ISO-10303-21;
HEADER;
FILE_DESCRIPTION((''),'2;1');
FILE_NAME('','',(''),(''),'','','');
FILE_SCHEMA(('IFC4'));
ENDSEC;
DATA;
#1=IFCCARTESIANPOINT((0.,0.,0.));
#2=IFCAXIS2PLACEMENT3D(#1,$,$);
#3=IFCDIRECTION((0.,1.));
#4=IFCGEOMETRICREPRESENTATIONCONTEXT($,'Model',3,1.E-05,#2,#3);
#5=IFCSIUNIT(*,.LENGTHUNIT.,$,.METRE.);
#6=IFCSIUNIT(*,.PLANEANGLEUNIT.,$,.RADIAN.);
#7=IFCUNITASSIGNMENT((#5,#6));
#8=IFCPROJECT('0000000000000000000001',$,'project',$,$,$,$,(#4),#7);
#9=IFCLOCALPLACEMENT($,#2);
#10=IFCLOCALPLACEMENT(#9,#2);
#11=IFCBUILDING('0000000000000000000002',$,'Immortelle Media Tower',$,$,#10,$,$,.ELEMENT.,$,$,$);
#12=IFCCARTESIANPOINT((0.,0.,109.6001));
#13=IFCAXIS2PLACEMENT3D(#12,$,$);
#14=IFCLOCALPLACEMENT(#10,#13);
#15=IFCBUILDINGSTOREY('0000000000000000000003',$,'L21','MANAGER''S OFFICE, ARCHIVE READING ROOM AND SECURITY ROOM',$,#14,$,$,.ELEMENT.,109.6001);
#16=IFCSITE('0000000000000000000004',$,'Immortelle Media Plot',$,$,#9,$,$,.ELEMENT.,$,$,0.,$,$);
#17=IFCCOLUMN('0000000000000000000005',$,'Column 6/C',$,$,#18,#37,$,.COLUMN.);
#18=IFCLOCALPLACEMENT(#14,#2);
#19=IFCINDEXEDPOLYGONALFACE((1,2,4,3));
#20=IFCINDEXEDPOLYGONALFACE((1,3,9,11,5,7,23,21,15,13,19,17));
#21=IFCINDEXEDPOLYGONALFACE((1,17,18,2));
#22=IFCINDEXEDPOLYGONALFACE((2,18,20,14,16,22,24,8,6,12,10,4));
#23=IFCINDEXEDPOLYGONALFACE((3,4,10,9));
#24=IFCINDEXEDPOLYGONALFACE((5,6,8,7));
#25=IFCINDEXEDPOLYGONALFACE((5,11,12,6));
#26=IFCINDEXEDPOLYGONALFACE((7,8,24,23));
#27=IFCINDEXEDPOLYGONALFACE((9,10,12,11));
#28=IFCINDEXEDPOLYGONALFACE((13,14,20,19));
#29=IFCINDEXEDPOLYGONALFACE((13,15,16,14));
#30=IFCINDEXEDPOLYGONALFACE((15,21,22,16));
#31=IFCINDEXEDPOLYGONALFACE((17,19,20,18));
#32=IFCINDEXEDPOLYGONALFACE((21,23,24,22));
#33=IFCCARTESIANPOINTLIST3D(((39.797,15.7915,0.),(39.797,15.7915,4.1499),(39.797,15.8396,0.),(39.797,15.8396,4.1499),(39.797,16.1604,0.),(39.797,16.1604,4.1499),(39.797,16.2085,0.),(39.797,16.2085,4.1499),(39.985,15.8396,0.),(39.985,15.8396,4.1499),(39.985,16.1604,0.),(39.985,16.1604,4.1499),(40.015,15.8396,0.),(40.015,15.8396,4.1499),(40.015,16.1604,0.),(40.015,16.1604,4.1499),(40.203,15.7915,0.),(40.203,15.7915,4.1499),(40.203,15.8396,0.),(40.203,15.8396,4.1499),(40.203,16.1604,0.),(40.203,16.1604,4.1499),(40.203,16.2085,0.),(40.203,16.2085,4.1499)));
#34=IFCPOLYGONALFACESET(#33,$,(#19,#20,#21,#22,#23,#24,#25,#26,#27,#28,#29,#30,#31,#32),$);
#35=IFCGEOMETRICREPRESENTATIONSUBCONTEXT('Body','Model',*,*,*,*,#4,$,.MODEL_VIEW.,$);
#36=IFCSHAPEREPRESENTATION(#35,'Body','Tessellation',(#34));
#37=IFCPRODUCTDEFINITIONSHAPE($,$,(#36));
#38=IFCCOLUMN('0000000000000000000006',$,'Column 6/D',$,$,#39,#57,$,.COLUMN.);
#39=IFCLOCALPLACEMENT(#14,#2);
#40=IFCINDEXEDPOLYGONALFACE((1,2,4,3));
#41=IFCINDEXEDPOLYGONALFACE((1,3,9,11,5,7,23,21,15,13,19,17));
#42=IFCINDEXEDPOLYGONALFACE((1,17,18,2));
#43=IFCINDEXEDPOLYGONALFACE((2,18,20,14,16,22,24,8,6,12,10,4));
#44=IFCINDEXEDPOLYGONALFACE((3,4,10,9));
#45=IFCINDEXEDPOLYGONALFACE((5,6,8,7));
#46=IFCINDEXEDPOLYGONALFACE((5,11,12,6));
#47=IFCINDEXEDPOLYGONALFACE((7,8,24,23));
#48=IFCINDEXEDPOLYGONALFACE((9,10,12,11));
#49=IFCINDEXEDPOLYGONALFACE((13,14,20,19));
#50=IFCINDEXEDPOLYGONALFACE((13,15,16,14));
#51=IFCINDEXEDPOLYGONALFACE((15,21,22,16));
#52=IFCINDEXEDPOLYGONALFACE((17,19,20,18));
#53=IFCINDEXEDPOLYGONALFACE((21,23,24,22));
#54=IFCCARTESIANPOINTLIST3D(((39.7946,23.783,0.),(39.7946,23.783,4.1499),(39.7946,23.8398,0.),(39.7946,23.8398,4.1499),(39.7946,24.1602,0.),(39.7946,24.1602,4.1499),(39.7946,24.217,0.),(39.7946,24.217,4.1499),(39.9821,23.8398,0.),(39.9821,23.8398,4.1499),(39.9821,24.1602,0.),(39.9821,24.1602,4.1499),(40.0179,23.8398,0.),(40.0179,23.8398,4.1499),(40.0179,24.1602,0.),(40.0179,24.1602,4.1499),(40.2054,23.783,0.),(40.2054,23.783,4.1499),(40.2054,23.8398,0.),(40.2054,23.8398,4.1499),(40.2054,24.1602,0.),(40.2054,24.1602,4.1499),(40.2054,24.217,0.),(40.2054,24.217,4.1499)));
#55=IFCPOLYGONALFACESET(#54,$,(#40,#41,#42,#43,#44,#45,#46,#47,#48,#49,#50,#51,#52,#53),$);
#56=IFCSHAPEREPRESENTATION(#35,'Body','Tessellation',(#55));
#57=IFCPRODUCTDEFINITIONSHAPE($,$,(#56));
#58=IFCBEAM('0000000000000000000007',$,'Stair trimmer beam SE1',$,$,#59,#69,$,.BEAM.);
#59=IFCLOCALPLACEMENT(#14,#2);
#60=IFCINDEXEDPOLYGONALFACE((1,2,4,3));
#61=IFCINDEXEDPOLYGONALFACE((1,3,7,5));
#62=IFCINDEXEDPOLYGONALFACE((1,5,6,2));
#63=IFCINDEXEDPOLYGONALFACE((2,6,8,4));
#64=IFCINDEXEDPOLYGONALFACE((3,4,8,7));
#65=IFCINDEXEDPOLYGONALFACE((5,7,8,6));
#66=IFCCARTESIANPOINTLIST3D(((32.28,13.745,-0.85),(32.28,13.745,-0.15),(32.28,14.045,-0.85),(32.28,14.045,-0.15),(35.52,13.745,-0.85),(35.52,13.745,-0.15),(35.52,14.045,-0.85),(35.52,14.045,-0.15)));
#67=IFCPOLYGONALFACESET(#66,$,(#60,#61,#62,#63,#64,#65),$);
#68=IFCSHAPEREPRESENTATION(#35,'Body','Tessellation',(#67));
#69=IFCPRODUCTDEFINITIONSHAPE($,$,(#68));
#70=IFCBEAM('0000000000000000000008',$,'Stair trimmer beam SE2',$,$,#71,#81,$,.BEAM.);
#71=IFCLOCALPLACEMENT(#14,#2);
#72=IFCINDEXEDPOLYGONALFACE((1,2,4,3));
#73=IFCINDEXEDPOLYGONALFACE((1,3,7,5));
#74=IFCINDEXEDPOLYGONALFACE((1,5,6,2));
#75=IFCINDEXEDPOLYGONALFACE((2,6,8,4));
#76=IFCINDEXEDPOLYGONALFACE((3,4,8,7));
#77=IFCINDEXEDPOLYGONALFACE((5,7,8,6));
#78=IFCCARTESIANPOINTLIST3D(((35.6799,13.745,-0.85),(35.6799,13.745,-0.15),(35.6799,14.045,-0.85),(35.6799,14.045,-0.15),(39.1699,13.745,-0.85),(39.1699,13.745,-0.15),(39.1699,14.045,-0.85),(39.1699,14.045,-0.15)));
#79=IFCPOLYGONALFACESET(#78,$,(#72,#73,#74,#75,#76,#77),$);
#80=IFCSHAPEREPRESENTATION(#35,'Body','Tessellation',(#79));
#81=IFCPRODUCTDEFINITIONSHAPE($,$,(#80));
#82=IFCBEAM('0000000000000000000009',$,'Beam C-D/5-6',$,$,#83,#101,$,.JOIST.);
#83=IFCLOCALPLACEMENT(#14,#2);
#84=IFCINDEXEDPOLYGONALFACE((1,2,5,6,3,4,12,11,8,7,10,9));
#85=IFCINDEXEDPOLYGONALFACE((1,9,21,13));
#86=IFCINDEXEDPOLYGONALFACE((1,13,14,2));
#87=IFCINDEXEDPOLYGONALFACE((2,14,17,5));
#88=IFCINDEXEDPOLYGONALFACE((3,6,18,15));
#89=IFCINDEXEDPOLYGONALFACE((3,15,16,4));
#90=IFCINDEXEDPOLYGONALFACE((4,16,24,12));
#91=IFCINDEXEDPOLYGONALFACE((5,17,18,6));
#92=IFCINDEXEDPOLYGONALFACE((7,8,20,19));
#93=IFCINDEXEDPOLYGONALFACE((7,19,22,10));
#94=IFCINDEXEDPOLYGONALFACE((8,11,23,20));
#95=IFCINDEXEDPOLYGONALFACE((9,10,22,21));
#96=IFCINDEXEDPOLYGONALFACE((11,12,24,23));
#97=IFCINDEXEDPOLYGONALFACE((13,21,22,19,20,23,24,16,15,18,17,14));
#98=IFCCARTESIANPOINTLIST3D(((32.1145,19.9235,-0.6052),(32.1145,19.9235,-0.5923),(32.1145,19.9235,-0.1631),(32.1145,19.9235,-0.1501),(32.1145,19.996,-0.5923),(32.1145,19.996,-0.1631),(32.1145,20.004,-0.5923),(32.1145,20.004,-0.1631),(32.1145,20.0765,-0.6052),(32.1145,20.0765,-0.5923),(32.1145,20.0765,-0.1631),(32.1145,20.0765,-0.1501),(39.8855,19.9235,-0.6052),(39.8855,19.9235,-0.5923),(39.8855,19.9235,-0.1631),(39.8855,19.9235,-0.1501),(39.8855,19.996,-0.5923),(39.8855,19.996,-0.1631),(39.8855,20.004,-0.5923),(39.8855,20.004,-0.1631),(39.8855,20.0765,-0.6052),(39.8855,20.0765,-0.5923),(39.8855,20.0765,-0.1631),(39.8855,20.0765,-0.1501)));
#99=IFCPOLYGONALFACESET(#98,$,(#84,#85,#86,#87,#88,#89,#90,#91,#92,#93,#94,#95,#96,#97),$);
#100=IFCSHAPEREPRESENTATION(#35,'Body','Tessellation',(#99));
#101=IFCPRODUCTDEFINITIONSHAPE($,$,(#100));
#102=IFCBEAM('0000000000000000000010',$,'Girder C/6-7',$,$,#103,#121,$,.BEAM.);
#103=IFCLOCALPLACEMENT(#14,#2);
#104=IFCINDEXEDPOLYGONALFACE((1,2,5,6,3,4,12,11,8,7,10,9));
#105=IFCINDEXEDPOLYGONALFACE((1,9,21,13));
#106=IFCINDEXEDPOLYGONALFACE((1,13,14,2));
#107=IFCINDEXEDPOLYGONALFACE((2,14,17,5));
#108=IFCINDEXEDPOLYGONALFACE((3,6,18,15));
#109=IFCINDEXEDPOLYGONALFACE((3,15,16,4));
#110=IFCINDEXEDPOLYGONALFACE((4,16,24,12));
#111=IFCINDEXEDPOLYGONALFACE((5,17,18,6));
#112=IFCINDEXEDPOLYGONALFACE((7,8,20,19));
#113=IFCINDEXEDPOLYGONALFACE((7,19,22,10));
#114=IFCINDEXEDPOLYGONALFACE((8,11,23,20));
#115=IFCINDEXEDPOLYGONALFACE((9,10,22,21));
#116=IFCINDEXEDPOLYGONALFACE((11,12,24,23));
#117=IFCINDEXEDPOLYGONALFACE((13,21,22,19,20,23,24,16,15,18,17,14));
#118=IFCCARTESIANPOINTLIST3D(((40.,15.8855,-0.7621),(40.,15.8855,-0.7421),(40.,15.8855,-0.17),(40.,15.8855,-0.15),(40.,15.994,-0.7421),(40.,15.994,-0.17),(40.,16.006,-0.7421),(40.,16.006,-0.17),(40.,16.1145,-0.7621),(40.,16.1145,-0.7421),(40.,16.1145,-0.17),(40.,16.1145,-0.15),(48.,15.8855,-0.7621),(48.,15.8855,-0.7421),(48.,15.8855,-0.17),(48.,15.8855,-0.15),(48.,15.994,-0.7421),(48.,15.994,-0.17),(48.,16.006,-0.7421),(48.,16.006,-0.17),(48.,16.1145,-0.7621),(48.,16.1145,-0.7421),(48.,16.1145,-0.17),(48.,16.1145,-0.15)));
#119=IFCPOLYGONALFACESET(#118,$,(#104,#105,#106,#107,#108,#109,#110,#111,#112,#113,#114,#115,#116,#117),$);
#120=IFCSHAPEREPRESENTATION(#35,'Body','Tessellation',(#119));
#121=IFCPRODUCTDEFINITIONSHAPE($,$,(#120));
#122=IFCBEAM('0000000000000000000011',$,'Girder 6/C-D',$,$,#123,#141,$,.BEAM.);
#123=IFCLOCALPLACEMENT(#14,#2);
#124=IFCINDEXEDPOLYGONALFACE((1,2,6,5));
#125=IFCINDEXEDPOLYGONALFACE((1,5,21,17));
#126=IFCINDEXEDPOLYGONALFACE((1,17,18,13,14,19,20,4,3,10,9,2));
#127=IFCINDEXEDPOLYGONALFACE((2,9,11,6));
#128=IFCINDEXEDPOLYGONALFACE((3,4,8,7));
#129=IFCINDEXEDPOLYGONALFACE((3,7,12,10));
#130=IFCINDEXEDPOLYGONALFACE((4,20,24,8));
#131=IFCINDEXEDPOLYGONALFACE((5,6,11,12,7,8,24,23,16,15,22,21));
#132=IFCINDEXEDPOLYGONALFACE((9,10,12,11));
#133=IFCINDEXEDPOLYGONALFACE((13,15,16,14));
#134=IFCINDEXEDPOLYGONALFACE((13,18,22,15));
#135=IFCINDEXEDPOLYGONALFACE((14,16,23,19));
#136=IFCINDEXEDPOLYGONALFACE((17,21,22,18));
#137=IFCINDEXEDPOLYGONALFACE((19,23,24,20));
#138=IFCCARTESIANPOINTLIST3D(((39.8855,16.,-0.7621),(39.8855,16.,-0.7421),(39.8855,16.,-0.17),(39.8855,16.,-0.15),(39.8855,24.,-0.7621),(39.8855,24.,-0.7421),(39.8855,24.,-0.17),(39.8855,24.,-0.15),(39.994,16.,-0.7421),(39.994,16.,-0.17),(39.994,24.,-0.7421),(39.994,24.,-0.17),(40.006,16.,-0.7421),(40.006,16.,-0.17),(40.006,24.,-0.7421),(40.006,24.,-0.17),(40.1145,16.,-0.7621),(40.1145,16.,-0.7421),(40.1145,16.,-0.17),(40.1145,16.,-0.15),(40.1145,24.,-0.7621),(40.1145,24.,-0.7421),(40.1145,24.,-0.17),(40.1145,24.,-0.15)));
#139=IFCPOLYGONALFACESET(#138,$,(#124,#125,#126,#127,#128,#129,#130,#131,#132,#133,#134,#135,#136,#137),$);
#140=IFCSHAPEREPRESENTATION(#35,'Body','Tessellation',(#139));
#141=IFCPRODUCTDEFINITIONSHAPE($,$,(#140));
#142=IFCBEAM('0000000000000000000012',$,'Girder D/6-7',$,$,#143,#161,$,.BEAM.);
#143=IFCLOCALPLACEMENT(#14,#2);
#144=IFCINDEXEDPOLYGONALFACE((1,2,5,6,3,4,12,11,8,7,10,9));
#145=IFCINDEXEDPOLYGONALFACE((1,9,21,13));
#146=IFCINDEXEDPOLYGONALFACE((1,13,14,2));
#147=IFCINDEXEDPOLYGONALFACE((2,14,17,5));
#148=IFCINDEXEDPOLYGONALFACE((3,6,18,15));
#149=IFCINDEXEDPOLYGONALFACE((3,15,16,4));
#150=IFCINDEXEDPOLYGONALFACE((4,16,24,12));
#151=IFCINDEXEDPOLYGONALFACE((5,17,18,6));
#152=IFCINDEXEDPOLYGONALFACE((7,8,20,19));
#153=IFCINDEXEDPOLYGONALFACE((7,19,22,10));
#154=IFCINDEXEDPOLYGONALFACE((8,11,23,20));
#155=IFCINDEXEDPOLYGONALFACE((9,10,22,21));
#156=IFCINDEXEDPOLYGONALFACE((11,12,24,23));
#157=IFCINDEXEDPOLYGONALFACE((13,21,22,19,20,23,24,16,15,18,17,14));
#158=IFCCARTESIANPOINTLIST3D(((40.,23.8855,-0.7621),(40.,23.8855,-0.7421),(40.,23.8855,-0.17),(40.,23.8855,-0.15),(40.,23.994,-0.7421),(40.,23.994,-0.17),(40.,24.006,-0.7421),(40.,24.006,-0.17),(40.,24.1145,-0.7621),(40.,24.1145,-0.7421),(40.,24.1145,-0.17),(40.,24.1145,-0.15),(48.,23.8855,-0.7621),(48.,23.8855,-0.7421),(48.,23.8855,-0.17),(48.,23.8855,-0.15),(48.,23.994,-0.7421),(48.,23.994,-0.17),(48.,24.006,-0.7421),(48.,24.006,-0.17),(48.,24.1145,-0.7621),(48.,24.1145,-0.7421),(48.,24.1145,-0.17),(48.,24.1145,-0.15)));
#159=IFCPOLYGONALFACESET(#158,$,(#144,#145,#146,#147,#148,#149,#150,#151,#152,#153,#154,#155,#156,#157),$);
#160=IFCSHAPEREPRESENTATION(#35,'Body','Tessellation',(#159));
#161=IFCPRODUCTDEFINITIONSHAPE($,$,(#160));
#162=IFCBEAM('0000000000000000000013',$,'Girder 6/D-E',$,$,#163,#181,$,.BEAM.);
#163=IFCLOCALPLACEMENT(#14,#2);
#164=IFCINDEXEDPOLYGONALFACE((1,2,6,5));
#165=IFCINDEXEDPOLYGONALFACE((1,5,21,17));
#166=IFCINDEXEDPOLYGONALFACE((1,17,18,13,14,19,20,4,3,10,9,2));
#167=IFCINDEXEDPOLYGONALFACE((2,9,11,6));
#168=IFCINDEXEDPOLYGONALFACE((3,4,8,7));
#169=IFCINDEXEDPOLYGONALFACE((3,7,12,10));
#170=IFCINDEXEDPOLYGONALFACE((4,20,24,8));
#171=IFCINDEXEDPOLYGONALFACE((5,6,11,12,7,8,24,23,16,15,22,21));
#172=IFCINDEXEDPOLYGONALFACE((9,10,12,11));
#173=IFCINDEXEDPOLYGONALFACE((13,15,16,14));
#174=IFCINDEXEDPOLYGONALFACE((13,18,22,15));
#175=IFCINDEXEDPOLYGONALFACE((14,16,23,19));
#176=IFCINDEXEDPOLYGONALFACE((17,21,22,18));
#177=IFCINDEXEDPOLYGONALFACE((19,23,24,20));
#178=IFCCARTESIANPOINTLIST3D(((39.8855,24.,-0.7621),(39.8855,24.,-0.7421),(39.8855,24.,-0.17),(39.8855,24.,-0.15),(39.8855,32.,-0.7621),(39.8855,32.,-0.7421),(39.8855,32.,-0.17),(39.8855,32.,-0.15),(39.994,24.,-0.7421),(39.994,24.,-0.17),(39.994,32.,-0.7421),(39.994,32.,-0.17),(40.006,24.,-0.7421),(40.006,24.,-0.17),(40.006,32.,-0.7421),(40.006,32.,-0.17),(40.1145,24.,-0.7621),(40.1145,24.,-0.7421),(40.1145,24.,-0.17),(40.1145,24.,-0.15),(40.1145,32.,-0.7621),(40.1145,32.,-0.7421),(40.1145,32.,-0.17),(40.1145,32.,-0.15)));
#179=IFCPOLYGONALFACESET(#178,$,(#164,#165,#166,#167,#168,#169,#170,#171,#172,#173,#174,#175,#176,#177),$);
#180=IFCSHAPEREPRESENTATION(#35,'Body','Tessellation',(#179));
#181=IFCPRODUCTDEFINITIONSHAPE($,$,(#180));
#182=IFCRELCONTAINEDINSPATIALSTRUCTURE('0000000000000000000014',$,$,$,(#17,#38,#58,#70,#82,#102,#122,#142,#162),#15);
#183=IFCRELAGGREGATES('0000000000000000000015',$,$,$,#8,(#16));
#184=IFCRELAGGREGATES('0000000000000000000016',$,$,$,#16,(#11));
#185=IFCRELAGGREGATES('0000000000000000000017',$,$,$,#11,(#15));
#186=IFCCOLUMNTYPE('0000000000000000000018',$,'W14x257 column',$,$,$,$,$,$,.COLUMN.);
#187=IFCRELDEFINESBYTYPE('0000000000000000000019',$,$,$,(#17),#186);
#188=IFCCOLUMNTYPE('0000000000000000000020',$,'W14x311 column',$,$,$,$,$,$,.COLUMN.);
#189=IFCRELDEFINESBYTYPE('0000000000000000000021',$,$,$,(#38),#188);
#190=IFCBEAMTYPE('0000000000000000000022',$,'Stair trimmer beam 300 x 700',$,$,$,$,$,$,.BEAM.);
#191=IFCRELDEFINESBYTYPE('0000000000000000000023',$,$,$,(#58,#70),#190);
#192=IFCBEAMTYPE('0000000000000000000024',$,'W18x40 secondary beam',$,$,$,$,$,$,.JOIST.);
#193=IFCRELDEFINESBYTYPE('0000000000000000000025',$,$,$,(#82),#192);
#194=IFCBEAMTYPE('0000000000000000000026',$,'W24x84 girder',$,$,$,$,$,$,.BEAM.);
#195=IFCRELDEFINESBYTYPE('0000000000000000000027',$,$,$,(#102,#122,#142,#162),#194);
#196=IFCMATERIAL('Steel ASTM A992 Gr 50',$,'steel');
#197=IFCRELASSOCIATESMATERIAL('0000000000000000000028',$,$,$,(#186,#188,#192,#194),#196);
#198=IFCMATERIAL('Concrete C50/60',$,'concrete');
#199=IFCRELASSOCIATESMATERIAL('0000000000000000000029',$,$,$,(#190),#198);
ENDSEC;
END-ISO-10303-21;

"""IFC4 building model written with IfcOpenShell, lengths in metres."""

from ifc_helpers import new_model, si_unit, direction, frame, origin, origin_2d, place, context, subcontext, project, spatial, rectangle, i_section, extrude, material, material_profile, profile_set, type_object, element, save


model = new_model("IFC4")

# Units and contexts
model_context = context("Model", 3, precision=1e-05, world=origin(), true_north=direction((0.0, 1.0)))
body_context = subcontext(model_context, "Body", "Model", "MODEL_VIEW")
ifc_project = project(units=[si_unit("LENGTHUNIT", "METRE"), si_unit("PLANEANGLEUNIT", "RADIAN")], contexts=[model_context])

# Site, building, storey
site_placement = place(None, origin())
site = spatial("IfcSite", under=ifc_project, at=site_placement, Name="Immortelle Media Plot", CompositionType="ELEMENT", RefElevation=0.0)
building_placement = place(site_placement, origin())
building = spatial("IfcBuilding", under=site, at=building_placement, Name="Immortelle Media Tower", CompositionType="ELEMENT")
storey_placement = place(building_placement, frame((0.0, 0.0, 109.6001)))
storey = spatial("IfcBuildingStorey", under=building, at=storey_placement, Name="L21", Description="MANAGER'S OFFICE, ARCHIVE READING ROOM AND SECURITY ROOM", CompositionType="ELEMENT", Elevation=109.6001)

# Columns
ifc_material_1 = material(Name="Steel ASTM A992 Gr 50", Category="steel")
ifc_material_profile_1 = material_profile(ifc_material_1, i_section(OverallWidth=0.406, OverallDepth=0.417, WebThickness=0.03, FlangeThickness=0.0481, at=origin_2d()), Name="W14x257")
ifc_profile_set_1 = profile_set([ifc_material_profile_1], Name="Steel ASTM A992 Gr 50")
column_type_1 = type_object("IfcColumnType", Name="W14x257 column", PredefinedType="COLUMN", material=ifc_profile_set_1)
column_1_placement = place(storey_placement, frame((40.0, 16.0, 0.0), z_axis=(0.0, 0.0, 1.0), x_axis=(1.0, 0.0, 0.0)))
element("IfcColumn", 1, at=column_1_placement, inside=storey, type_object=column_type_1, Name="Column 6/C", PredefinedType="COLUMN", context=body_context, shape_type="SweptSolid", body=[
    extrude(i_section(OverallWidth=0.406, OverallDepth=0.417, WebThickness=0.03, FlangeThickness=0.0481, at=origin_2d()), origin(), (0.0, 0.0, 1.0), 4.1499),
])
ifc_material_profile_2 = material_profile(ifc_material_1, i_section(OverallWidth=0.4109, OverallDepth=0.4341, WebThickness=0.0359, FlangeThickness=0.0569, at=origin_2d()), Name="W14x311")
ifc_profile_set_2 = profile_set([ifc_material_profile_2], Name="Steel ASTM A992 Gr 50")
column_type_2 = type_object("IfcColumnType", Name="W14x311 column", PredefinedType="COLUMN", material=ifc_profile_set_2)
column_2_placement = place(storey_placement, frame((40.0, 24.0, 0.0), z_axis=(0.0, 0.0, 1.0), x_axis=(1.0, 0.0, 0.0)))
element("IfcColumn", 2, at=column_2_placement, inside=storey, type_object=column_type_2, Name="Column 6/D", PredefinedType="COLUMN", context=body_context, shape_type="SweptSolid", body=[
    extrude(i_section(OverallWidth=0.4109, OverallDepth=0.4341, WebThickness=0.0359, FlangeThickness=0.0569, at=origin_2d()), origin(), (0.0, 0.0, 1.0), 4.1499),
])

# Beams
ifc_material_2 = material(Name="Concrete C50/60", Category="concrete")
ifc_material_profile_3 = material_profile(ifc_material_2, rectangle(XDim=0.3, YDim=0.7, at=origin_2d()), Name="RC 300x700")
ifc_profile_set_3 = profile_set([ifc_material_profile_3], Name="Concrete C50/60")
beam_type_1 = type_object("IfcBeamType", Name="Stair trimmer beam 300 x 700", PredefinedType="BEAM", material=ifc_profile_set_3)
beam_1_placement = place(storey_placement, frame((32.28, 13.895, -0.5), z_axis=(1.0, 0.0, 0.0), x_axis=(0.0, 1.0, 0.0)))
element("IfcBeam", 3, at=beam_1_placement, inside=storey, type_object=beam_type_1, Name="Stair trimmer beam SE1", PredefinedType="BEAM", context=body_context, shape_type="SweptSolid", body=[
    extrude(rectangle(XDim=0.3, YDim=0.7, at=origin_2d()), origin(), (0.0, 0.0, 1.0), 3.24),
])
beam_2_placement = place(storey_placement, frame((35.6799, 13.895, -0.5), z_axis=(1.0, 0.0, 0.0), x_axis=(0.0, 1.0, 0.0)))
element("IfcBeam", 4, at=beam_2_placement, inside=storey, type_object=beam_type_1, Name="Stair trimmer beam SE2", PredefinedType="BEAM", context=body_context, shape_type="SweptSolid", body=[
    extrude(rectangle(XDim=0.3, YDim=0.7, at=origin_2d()), origin(), (0.0, 0.0, 1.0), 3.49),
])
ifc_material_profile_4 = material_profile(ifc_material_1, i_section(OverallWidth=0.1531, OverallDepth=0.4551, WebThickness=0.0081, FlangeThickness=0.0129, at=origin_2d()), Name="W18x40")
ifc_profile_set_4 = profile_set([ifc_material_profile_4], Name="Steel ASTM A992 Gr 50")
beam_type_2 = type_object("IfcBeamType", Name="W18x40 secondary beam", PredefinedType="JOIST", material=ifc_profile_set_4)
beam_3_placement = place(storey_placement, frame((32.1145, 20.0, -0.3777), z_axis=(1.0, 0.0, 0.0), x_axis=(0.0, 1.0, 0.0)))
element("IfcBeam", 5, at=beam_3_placement, inside=storey, type_object=beam_type_2, Name="Beam C-D/5-6", PredefinedType="JOIST", context=body_context, shape_type="SweptSolid", body=[
    extrude(i_section(OverallWidth=0.1531, OverallDepth=0.4551, WebThickness=0.0081, FlangeThickness=0.0129, at=origin_2d()), origin(), (0.0, 0.0, 1.0), 7.771),
])
ifc_material_profile_5 = material_profile(ifc_material_1, i_section(OverallWidth=0.229, OverallDepth=0.6121, WebThickness=0.012, FlangeThickness=0.02, at=origin_2d()), Name="W24x84")
ifc_profile_set_5 = profile_set([ifc_material_profile_5], Name="Steel ASTM A992 Gr 50")
beam_type_3 = type_object("IfcBeamType", Name="W24x84 girder", PredefinedType="BEAM", material=ifc_profile_set_5)
for number, where, z_axis, x_axis, name in (
    (6, (40.0, 16.0, -0.4561), (1.0, 0.0, 0.0), (0.0, 1.0, 0.0), "Girder C/6-7"),
    (7, (40.0, 16.0, -0.4561), (0.0, 1.0, 0.0), (-1.0, 0.0, 0.0), "Girder 6/C-D"),
    (8, (40.0, 24.0, -0.4561), (1.0, 0.0, 0.0), (0.0, 1.0, 0.0), "Girder D/6-7"),
    (9, (40.0, 24.0, -0.4561), (0.0, 1.0, 0.0), (-1.0, 0.0, 0.0), "Girder 6/D-E"),
):
    element("IfcBeam", number, at=place(storey_placement, frame(where, z_axis=z_axis, x_axis=x_axis)), inside=storey, type_object=beam_type_3, Name=name, PredefinedType="BEAM", context=body_context, shape_type="SweptSolid", body=[
        extrude(i_section(OverallWidth=0.229, OverallDepth=0.6121, WebThickness=0.012, FlangeThickness=0.02, at=origin_2d()), origin(), (0.0, 0.0, 1.0), 8.0),
    ])

save(model, "model.ifc")
